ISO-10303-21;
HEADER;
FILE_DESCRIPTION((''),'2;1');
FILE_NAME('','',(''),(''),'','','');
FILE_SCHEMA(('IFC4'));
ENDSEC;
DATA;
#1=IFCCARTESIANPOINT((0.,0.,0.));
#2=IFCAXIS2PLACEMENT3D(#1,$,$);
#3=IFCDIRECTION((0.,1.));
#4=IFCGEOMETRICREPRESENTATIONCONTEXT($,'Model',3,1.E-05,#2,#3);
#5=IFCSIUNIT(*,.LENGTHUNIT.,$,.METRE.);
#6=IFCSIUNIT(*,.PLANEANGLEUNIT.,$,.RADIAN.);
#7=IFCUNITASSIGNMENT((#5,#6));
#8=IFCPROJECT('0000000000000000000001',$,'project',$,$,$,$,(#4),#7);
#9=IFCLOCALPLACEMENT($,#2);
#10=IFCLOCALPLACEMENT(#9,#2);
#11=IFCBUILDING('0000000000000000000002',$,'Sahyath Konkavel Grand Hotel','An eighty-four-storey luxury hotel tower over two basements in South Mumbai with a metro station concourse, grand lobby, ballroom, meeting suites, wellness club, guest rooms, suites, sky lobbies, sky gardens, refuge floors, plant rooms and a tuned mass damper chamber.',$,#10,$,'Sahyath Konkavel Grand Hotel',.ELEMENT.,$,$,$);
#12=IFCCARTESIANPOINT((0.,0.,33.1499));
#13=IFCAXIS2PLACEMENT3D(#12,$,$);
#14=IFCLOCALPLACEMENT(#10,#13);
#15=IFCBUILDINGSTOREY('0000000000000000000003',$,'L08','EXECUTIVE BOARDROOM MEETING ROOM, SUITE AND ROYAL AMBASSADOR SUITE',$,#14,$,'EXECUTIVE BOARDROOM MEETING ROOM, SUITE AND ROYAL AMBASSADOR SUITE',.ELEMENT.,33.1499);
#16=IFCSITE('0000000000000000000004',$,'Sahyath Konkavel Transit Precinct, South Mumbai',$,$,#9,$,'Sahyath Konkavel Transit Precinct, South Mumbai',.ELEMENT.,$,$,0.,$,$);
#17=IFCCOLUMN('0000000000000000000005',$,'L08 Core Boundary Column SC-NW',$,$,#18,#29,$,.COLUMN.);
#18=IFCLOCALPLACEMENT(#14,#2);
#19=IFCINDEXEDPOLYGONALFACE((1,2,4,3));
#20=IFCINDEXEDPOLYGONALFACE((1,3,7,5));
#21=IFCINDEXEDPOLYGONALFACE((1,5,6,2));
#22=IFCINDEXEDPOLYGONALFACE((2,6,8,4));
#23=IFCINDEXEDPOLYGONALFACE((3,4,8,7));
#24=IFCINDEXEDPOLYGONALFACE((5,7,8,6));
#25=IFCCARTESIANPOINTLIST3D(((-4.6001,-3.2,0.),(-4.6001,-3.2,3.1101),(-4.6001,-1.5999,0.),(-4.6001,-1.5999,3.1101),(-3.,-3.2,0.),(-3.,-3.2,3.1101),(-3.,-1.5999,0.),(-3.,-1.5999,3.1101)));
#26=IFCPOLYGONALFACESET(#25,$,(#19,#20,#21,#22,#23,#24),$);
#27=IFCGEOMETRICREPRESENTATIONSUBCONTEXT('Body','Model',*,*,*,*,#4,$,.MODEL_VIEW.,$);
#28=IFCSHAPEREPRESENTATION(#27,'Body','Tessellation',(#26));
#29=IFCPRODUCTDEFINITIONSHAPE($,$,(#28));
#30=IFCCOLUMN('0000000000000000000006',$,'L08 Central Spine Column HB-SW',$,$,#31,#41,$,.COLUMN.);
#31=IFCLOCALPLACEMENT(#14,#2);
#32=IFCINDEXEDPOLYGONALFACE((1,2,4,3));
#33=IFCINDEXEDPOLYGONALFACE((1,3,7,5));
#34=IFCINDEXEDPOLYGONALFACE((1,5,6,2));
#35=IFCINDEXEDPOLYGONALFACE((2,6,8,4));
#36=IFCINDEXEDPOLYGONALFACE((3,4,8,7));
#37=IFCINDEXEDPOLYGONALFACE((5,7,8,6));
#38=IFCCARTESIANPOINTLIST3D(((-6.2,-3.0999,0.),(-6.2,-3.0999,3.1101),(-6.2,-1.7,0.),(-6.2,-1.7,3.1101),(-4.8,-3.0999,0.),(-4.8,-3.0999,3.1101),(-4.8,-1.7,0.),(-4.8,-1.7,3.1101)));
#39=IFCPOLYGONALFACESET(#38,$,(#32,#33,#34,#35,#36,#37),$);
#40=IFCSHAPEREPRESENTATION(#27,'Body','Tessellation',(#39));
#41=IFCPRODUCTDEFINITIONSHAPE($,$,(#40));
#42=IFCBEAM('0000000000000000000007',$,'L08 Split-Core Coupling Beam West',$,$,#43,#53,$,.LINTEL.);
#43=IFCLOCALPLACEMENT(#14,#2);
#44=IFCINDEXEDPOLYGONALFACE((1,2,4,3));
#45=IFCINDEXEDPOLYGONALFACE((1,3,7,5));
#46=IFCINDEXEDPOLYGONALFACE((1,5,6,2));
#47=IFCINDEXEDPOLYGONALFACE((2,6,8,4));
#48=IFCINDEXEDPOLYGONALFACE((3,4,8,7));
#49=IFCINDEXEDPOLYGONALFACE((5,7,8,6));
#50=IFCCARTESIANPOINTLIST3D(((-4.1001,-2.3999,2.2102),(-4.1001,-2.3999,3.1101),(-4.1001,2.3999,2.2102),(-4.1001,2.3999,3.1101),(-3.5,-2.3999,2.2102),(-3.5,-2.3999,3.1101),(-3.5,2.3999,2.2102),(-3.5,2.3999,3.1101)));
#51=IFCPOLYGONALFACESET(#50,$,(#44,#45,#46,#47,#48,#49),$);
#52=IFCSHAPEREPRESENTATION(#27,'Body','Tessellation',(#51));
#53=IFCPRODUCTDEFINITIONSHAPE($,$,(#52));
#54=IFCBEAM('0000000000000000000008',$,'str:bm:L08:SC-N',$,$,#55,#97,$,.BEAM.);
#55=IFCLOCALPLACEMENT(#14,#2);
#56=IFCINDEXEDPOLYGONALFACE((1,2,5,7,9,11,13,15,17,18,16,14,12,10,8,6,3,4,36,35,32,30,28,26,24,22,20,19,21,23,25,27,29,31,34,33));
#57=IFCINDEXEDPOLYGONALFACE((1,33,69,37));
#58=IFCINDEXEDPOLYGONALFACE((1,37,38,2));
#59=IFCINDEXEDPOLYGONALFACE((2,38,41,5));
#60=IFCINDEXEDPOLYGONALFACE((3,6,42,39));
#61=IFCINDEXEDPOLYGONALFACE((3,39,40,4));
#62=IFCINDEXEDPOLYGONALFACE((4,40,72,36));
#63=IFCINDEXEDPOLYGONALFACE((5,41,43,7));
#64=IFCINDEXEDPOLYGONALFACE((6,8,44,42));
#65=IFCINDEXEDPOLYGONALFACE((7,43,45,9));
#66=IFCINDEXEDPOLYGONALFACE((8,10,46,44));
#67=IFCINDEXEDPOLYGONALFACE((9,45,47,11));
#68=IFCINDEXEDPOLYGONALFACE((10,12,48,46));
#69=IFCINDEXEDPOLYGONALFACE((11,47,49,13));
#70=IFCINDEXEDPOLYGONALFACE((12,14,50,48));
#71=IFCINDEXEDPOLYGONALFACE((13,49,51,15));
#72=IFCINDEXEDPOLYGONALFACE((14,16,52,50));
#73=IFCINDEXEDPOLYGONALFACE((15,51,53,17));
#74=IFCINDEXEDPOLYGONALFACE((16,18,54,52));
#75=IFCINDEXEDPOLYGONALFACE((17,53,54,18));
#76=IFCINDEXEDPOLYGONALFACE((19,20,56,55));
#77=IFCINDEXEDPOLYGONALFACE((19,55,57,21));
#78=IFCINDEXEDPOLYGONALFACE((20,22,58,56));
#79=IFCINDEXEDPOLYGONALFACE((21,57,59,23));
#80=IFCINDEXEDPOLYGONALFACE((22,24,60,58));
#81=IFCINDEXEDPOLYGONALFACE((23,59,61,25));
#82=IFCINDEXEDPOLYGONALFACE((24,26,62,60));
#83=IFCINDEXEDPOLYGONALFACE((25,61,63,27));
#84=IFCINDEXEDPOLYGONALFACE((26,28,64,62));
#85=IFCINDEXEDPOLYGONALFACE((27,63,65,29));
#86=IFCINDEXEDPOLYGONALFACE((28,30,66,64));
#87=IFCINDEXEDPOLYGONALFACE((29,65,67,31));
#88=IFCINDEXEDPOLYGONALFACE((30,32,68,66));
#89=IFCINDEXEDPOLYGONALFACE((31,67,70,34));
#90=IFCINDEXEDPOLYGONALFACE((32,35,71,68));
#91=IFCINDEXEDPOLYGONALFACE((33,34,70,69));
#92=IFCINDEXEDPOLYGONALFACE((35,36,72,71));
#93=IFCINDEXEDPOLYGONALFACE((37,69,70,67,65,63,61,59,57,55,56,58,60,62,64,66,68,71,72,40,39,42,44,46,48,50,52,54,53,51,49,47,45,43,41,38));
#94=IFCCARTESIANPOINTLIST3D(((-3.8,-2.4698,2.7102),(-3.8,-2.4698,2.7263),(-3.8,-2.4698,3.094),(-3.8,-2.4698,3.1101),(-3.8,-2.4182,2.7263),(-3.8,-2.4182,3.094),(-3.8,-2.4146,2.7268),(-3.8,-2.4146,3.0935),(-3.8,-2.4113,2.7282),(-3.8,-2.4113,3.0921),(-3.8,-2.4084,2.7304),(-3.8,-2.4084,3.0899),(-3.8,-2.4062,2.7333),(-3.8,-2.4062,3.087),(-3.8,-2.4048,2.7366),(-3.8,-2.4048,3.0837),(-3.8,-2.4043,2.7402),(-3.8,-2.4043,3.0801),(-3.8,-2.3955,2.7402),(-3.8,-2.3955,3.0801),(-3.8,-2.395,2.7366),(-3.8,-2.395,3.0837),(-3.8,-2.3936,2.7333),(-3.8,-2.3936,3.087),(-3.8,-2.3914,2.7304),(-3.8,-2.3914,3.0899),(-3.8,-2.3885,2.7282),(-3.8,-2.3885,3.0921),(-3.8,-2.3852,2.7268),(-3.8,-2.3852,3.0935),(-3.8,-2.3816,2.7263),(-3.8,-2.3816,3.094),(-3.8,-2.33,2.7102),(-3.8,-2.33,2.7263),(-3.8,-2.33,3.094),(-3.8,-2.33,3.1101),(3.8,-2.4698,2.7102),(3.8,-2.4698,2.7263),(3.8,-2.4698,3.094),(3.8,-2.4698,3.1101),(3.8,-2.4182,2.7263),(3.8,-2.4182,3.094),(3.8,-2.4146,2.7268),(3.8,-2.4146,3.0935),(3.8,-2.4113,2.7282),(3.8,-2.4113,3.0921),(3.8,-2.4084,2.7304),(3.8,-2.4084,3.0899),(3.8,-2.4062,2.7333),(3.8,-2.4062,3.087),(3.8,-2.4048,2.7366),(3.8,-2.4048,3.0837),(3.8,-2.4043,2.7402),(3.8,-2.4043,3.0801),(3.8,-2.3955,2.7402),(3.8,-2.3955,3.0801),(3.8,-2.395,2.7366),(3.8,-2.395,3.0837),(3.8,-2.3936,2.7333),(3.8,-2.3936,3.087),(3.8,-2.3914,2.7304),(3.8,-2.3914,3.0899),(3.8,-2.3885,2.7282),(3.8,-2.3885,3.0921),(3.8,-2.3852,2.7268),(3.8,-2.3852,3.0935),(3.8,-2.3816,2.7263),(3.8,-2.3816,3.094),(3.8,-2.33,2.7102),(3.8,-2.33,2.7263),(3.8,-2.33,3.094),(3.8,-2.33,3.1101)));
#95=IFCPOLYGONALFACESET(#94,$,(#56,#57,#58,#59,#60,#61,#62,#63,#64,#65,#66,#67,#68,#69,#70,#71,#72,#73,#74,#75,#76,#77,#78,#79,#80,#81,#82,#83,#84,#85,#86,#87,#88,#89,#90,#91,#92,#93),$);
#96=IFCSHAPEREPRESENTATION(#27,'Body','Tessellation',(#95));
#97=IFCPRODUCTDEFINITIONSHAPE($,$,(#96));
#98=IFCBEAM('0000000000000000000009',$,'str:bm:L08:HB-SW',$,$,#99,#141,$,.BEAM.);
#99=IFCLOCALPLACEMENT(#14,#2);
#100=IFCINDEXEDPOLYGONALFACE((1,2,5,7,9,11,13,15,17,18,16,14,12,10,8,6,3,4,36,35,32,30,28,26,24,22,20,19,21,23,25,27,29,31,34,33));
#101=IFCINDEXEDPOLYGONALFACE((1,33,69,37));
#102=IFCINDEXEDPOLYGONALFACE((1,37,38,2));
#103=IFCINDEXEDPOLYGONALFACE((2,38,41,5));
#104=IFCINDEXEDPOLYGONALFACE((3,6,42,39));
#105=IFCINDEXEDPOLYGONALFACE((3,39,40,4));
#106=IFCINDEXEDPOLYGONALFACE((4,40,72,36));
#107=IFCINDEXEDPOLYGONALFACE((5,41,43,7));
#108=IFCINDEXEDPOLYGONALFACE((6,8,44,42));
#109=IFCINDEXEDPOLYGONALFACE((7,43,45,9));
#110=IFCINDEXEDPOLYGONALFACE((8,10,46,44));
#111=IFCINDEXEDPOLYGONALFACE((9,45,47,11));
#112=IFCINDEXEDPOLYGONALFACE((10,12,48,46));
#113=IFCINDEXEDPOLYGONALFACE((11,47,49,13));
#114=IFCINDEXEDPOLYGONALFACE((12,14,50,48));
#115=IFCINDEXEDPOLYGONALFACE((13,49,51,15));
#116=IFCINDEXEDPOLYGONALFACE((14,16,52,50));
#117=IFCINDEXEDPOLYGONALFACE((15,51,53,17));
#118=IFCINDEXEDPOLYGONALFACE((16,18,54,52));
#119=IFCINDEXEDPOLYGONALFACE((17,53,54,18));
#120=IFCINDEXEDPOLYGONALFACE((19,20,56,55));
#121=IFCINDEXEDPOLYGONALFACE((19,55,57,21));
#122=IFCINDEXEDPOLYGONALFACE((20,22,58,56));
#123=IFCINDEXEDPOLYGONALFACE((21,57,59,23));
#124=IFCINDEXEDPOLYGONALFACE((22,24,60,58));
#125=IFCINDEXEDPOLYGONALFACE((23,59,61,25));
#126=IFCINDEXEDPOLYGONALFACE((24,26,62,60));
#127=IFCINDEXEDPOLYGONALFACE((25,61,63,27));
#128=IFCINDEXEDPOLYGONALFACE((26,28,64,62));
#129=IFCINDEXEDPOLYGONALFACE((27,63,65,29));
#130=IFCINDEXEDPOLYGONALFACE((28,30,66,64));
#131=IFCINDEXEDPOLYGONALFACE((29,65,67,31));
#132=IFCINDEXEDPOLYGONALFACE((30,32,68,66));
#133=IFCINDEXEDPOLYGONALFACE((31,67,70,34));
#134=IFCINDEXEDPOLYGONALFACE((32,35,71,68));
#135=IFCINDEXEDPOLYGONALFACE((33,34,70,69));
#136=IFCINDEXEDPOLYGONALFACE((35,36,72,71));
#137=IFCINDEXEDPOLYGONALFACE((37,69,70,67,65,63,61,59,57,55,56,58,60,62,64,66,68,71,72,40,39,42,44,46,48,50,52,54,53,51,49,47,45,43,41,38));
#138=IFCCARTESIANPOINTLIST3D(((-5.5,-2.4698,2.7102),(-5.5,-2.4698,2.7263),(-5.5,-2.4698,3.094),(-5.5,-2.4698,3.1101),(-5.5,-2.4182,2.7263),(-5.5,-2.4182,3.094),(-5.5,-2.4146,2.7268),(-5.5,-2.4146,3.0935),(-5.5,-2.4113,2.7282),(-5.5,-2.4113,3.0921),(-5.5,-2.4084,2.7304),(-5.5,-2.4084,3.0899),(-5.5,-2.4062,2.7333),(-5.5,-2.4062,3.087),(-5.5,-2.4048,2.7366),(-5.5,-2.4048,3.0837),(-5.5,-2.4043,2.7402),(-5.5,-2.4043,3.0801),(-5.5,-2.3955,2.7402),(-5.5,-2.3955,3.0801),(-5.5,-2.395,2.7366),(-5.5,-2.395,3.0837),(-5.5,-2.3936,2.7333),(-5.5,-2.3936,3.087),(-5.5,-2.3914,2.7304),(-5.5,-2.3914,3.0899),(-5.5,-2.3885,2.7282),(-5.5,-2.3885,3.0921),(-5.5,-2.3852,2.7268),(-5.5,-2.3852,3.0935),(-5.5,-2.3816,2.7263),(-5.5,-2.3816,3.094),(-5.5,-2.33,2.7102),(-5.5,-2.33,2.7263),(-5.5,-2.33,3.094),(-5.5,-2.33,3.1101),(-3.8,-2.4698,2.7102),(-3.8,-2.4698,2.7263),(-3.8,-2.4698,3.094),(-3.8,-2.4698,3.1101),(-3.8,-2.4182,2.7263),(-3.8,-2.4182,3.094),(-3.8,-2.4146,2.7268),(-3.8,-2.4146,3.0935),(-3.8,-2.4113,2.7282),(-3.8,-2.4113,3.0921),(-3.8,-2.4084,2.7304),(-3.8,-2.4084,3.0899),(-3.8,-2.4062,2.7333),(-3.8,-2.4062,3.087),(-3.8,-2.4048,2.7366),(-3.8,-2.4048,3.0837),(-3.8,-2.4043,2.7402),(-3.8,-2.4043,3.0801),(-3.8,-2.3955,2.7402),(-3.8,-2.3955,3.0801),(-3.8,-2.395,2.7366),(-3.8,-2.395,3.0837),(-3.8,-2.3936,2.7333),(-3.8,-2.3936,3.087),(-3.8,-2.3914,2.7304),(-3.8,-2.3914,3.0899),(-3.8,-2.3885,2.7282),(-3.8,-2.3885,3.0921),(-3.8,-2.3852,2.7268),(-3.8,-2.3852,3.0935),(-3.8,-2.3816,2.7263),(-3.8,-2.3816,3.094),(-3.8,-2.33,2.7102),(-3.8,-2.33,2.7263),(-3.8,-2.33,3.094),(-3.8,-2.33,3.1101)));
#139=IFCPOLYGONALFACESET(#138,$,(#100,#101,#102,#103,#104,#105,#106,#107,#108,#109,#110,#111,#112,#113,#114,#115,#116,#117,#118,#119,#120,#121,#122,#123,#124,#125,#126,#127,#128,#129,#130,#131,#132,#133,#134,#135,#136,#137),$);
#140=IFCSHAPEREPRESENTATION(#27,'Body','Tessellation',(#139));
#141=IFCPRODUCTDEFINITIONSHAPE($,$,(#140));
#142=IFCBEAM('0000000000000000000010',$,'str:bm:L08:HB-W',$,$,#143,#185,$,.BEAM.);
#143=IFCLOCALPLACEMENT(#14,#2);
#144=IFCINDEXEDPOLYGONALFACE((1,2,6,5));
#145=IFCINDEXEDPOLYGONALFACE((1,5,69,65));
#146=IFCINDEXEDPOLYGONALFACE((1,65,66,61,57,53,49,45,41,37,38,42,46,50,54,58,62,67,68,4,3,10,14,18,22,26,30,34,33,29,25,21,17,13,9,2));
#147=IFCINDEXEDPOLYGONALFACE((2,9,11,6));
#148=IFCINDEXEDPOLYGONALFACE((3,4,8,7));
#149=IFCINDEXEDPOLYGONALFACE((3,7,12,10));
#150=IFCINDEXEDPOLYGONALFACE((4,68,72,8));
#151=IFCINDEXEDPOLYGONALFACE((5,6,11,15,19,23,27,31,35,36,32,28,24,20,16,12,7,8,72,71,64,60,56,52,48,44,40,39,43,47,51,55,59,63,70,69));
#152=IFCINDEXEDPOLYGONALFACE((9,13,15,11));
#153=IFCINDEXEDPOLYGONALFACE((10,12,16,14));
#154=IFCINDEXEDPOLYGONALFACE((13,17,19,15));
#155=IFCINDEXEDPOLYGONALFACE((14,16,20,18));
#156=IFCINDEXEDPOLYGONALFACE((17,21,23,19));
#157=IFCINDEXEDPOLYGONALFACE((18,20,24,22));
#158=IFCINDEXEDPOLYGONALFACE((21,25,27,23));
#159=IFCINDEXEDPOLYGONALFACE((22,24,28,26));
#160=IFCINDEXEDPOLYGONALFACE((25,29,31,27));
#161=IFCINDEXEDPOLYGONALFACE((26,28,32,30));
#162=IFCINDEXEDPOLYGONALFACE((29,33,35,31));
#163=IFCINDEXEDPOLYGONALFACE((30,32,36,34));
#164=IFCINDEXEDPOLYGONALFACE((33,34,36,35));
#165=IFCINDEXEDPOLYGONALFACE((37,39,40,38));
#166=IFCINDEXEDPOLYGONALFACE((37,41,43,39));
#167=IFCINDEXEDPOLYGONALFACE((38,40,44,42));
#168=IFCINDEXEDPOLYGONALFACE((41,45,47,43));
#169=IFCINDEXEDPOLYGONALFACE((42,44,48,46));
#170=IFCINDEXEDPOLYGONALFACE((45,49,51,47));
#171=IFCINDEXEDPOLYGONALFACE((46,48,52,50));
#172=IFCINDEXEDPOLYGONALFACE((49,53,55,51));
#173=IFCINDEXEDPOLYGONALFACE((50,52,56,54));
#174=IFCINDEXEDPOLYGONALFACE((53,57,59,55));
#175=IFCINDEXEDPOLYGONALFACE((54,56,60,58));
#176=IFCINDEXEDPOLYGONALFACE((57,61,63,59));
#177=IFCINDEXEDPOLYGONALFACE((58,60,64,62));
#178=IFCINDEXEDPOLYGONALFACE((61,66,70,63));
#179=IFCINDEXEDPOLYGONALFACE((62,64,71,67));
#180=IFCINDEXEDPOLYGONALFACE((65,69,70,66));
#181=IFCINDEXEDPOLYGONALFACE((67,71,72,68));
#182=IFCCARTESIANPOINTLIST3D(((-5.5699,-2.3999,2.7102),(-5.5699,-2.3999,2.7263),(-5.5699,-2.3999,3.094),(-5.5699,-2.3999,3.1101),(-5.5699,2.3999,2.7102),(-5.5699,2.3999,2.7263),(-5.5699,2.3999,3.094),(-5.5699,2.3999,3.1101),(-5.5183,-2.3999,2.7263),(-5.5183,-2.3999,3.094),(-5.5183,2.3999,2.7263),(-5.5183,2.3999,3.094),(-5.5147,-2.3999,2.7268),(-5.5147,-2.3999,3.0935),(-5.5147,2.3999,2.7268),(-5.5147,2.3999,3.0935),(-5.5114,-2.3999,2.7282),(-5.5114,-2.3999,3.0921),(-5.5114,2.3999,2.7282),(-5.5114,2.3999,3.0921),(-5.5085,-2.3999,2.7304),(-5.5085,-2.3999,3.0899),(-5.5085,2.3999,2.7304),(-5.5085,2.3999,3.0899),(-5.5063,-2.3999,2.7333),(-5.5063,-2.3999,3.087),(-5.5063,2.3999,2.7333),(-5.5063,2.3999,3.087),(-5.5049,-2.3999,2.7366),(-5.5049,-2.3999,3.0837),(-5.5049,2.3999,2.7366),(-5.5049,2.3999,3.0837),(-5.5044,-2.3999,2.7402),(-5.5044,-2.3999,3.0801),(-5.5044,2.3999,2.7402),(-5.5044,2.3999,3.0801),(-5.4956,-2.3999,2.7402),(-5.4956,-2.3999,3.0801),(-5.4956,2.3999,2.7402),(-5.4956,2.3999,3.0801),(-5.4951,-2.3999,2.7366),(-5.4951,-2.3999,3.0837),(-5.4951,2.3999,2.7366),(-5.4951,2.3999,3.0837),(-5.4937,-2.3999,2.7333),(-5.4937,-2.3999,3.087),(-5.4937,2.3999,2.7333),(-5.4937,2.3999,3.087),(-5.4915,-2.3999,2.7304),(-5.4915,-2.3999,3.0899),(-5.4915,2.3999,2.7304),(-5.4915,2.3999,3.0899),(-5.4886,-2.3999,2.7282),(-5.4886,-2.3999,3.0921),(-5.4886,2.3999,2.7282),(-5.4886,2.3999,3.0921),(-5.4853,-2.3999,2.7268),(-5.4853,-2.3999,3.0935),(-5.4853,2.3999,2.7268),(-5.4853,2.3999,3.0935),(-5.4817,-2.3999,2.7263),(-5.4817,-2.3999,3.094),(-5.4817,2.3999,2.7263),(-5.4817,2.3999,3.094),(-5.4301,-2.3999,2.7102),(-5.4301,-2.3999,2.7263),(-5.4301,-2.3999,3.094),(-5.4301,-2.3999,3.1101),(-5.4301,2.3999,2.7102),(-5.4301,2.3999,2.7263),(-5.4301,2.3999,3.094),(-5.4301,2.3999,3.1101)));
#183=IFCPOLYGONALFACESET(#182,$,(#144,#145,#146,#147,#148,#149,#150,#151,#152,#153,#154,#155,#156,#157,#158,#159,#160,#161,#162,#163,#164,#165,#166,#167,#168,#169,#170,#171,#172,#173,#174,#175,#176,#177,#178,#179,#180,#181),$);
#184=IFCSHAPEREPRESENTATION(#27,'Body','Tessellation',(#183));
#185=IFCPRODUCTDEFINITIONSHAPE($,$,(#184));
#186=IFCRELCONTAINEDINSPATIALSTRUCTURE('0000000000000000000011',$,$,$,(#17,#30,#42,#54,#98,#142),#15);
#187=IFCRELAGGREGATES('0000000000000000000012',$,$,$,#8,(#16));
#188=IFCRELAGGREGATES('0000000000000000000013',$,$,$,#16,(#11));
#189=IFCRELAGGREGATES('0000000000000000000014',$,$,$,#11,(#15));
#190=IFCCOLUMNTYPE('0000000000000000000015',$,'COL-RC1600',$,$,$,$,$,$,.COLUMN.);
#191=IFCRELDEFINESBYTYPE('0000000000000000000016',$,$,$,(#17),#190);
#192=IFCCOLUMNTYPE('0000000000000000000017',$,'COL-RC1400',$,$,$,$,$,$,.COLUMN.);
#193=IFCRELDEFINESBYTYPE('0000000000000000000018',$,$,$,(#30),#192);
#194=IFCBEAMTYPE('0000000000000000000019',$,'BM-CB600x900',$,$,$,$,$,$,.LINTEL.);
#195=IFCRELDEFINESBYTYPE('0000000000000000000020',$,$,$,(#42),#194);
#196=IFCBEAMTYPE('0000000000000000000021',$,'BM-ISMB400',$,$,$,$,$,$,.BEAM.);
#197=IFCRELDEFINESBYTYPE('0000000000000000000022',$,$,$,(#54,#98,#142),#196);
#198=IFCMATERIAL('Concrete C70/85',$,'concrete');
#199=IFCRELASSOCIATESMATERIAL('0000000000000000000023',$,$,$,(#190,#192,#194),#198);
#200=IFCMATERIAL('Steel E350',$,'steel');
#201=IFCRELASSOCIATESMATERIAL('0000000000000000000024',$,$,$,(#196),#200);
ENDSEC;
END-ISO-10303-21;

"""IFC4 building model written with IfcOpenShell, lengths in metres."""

from ifc_helpers import new_model, si_unit, direction, frame, origin, origin_2d, place, context, subcontext, project, spatial, rectangle, i_section, extrude, source, transform, mapped, material, material_profile, profile_set, type_object, element, save


model = new_model("IFC4")

# Units and contexts
model_context = context("Model", 3, precision=1e-05, world=origin(), true_north=direction((0.0, 1.0)))
body_context = subcontext(model_context, "Body", "Model", "MODEL_VIEW")
ifc_project = project(units=[si_unit("LENGTHUNIT", "METRE"), si_unit("PLANEANGLEUNIT", "RADIAN")], contexts=[model_context])

# Site, building, storey
site_placement = place(None, origin())
site = spatial("IfcSite", under=ifc_project, at=site_placement, Name="Sahyath Konkavel Transit Precinct, South Mumbai", LongName="Sahyath Konkavel Transit Precinct, South Mumbai", CompositionType="ELEMENT", RefElevation=0.0)
building_placement = place(site_placement, origin())
building = spatial("IfcBuilding", under=site, at=building_placement, Name="Sahyath Konkavel Grand Hotel", Description="An eighty-four-storey luxury hotel tower over two basements in South Mumbai with a metro station concourse, grand lobby, ballroom, meeting suites, wellness club, guest rooms, suites, sky lobbies, sky gardens, refuge floors, plant rooms and a tuned mass damper chamber.", LongName="Sahyath Konkavel Grand Hotel", CompositionType="ELEMENT")
storey_placement = place(building_placement, frame((0.0, 0.0, 33.1499)))
storey = spatial("IfcBuildingStorey", under=building, at=storey_placement, Name="L08", Description="EXECUTIVE BOARDROOM MEETING ROOM, SUITE AND ROYAL AMBASSADOR SUITE", LongName="EXECUTIVE BOARDROOM MEETING ROOM, SUITE AND ROYAL AMBASSADOR SUITE", CompositionType="ELEMENT", Elevation=33.1499)

# Columns
ifc_material_1 = material(Name="Concrete C70/85", Category="concrete")
ifc_material_profile_1 = material_profile(ifc_material_1, rectangle(XDim=1.6001, YDim=1.6001, at=origin_2d()), Name="RC 1600x1600")
ifc_profile_set_1 = profile_set([ifc_material_profile_1], Name="Concrete C70/85")
column_type_1 = type_object("IfcColumnType", Name="COL-RC1600", PredefinedType="COLUMN", material=ifc_profile_set_1)
shared_shape_1 = source(origin(), body_context, "Body", "SweptSolid", [
    extrude(rectangle(XDim=1.6001, YDim=1.6001, at=origin_2d()), origin(), (0.0, 0.0, 1.0), 3.1101),
])
column_1_placement = place(storey_placement, frame((-3.8, -2.3999, 0.0), z_axis=(0.0, 0.0, 1.0), x_axis=(1.0, 0.0, 0.0)))
element("IfcColumn", 1, at=column_1_placement, inside=storey, type_object=column_type_1, Name="L08 Core Boundary Column SC-NW", PredefinedType="COLUMN", context=body_context, shape_type="MappedRepresentation", body=[
    mapped(shared_shape_1, transform((0.0, 0.0, 0.0), scale=1.0)),
])
ifc_material_profile_2 = material_profile(ifc_material_1, rectangle(XDim=1.3999, YDim=1.3999, at=origin_2d()), Name="RC 1400x1400")
ifc_profile_set_2 = profile_set([ifc_material_profile_2], Name="Concrete C70/85")
column_type_2 = type_object("IfcColumnType", Name="COL-RC1400", PredefinedType="COLUMN", material=ifc_profile_set_2)
shared_shape_2 = source(origin(), body_context, "Body", "SweptSolid", [
    extrude(rectangle(XDim=1.3999, YDim=1.3999, at=origin_2d()), origin(), (0.0, 0.0, 1.0), 3.1101),
])
column_2_placement = place(storey_placement, frame((-5.5, -2.3999, 0.0), z_axis=(0.0, 0.0, 1.0), x_axis=(1.0, 0.0, 0.0)))
element("IfcColumn", 2, at=column_2_placement, inside=storey, type_object=column_type_2, Name="L08 Central Spine Column HB-SW", PredefinedType="COLUMN", context=body_context, shape_type="MappedRepresentation", body=[
    mapped(shared_shape_2, transform((0.0, 0.0, 0.0), scale=1.0)),
])

# Beams
ifc_material_profile_3 = material_profile(ifc_material_1, rectangle(XDim=0.6001, YDim=0.8999, at=origin_2d()), Name="RC 600x900")
ifc_profile_set_3 = profile_set([ifc_material_profile_3], Name="Concrete C70/85")
beam_type_1 = type_object("IfcBeamType", Name="BM-CB600x900", PredefinedType="LINTEL", material=ifc_profile_set_3)
shared_shape_3 = source(origin(), body_context, "Body", "SweptSolid", [
    extrude(rectangle(XDim=0.6001, YDim=0.8999, at=origin_2d()), origin(), (0.0, 0.0, 1.0), 4.7998),
])
beam_1_placement = place(storey_placement, frame((-3.8, -2.3999, 2.6602), z_axis=(0.0, 1.0, 0.0), x_axis=(-1.0, 0.0, 0.0)))
element("IfcBeam", 3, at=beam_1_placement, inside=storey, type_object=beam_type_1, Name="L08 Split-Core Coupling Beam West", PredefinedType="LINTEL", context=body_context, shape_type="MappedRepresentation", body=[
    mapped(shared_shape_3, transform((0.0, 0.0, 0.0), scale=1.0)),
])
ifc_material_2 = material(Name="Steel E350", Category="steel")
ifc_material_profile_4 = material_profile(ifc_material_2, i_section(OverallWidth=0.1399, OverallDepth=0.3999, WebThickness=0.0088, FlangeThickness=0.0161, FilletRadius=0.0139, at=origin_2d()), Name="ISMB 400")
ifc_profile_set_4 = profile_set([ifc_material_profile_4], Name="Steel E350")
beam_type_2 = type_object("IfcBeamType", Name="BM-ISMB400", PredefinedType="BEAM", material=ifc_profile_set_4)
shared_shape_4 = source(origin(), body_context, "Body", "SweptSolid", [
    extrude(i_section(OverallWidth=0.1399, OverallDepth=0.3999, WebThickness=0.0088, FlangeThickness=0.0161, FilletRadius=0.0139, at=origin_2d()), origin(), (0.0, 0.0, 1.0), 7.6001),
])
beam_2_placement = place(storey_placement, frame((-3.8, -2.3999, 2.9102), z_axis=(1.0, 0.0, 0.0), x_axis=(0.0, 1.0, 0.0)))
element("IfcBeam", 4, at=beam_2_placement, inside=storey, type_object=beam_type_2, Name="str:bm:L08:SC-N", PredefinedType="BEAM", context=body_context, shape_type="MappedRepresentation", body=[
    mapped(shared_shape_4, transform((0.0, 0.0, 0.0), scale=1.0)),
])
shared_shape_5 = source(origin(), body_context, "Body", "SweptSolid", [
    extrude(i_section(OverallWidth=0.1399, OverallDepth=0.3999, WebThickness=0.0088, FlangeThickness=0.0161, FilletRadius=0.0139, at=origin_2d()), origin(), (0.0, 0.0, 1.0), 1.7),
])
beam_3_placement = place(storey_placement, frame((-5.5, -2.3999, 2.9102), z_axis=(1.0, 0.0, 0.0), x_axis=(0.0, 1.0, 0.0)))
element("IfcBeam", 5, at=beam_3_placement, inside=storey, type_object=beam_type_2, Name="str:bm:L08:HB-SW", PredefinedType="BEAM", context=body_context, shape_type="MappedRepresentation", body=[
    mapped(shared_shape_5, transform((0.0, 0.0, 0.0), scale=1.0)),
])
shared_shape_6 = source(origin(), body_context, "Body", "SweptSolid", [
    extrude(i_section(OverallWidth=0.1399, OverallDepth=0.3999, WebThickness=0.0088, FlangeThickness=0.0161, FilletRadius=0.0139, at=origin_2d()), origin(), (0.0, 0.0, 1.0), 4.7998),
])
beam_4_placement = place(storey_placement, frame((-5.5, -2.3999, 2.9102), z_axis=(0.0, 1.0, 0.0), x_axis=(-1.0, 0.0, 0.0)))
element("IfcBeam", 6, at=beam_4_placement, inside=storey, type_object=beam_type_2, Name="str:bm:L08:HB-W", PredefinedType="BEAM", context=body_context, shape_type="MappedRepresentation", body=[
    mapped(shared_shape_6, transform((0.0, 0.0, 0.0), scale=1.0)),
])

save(model, "model.ifc")
